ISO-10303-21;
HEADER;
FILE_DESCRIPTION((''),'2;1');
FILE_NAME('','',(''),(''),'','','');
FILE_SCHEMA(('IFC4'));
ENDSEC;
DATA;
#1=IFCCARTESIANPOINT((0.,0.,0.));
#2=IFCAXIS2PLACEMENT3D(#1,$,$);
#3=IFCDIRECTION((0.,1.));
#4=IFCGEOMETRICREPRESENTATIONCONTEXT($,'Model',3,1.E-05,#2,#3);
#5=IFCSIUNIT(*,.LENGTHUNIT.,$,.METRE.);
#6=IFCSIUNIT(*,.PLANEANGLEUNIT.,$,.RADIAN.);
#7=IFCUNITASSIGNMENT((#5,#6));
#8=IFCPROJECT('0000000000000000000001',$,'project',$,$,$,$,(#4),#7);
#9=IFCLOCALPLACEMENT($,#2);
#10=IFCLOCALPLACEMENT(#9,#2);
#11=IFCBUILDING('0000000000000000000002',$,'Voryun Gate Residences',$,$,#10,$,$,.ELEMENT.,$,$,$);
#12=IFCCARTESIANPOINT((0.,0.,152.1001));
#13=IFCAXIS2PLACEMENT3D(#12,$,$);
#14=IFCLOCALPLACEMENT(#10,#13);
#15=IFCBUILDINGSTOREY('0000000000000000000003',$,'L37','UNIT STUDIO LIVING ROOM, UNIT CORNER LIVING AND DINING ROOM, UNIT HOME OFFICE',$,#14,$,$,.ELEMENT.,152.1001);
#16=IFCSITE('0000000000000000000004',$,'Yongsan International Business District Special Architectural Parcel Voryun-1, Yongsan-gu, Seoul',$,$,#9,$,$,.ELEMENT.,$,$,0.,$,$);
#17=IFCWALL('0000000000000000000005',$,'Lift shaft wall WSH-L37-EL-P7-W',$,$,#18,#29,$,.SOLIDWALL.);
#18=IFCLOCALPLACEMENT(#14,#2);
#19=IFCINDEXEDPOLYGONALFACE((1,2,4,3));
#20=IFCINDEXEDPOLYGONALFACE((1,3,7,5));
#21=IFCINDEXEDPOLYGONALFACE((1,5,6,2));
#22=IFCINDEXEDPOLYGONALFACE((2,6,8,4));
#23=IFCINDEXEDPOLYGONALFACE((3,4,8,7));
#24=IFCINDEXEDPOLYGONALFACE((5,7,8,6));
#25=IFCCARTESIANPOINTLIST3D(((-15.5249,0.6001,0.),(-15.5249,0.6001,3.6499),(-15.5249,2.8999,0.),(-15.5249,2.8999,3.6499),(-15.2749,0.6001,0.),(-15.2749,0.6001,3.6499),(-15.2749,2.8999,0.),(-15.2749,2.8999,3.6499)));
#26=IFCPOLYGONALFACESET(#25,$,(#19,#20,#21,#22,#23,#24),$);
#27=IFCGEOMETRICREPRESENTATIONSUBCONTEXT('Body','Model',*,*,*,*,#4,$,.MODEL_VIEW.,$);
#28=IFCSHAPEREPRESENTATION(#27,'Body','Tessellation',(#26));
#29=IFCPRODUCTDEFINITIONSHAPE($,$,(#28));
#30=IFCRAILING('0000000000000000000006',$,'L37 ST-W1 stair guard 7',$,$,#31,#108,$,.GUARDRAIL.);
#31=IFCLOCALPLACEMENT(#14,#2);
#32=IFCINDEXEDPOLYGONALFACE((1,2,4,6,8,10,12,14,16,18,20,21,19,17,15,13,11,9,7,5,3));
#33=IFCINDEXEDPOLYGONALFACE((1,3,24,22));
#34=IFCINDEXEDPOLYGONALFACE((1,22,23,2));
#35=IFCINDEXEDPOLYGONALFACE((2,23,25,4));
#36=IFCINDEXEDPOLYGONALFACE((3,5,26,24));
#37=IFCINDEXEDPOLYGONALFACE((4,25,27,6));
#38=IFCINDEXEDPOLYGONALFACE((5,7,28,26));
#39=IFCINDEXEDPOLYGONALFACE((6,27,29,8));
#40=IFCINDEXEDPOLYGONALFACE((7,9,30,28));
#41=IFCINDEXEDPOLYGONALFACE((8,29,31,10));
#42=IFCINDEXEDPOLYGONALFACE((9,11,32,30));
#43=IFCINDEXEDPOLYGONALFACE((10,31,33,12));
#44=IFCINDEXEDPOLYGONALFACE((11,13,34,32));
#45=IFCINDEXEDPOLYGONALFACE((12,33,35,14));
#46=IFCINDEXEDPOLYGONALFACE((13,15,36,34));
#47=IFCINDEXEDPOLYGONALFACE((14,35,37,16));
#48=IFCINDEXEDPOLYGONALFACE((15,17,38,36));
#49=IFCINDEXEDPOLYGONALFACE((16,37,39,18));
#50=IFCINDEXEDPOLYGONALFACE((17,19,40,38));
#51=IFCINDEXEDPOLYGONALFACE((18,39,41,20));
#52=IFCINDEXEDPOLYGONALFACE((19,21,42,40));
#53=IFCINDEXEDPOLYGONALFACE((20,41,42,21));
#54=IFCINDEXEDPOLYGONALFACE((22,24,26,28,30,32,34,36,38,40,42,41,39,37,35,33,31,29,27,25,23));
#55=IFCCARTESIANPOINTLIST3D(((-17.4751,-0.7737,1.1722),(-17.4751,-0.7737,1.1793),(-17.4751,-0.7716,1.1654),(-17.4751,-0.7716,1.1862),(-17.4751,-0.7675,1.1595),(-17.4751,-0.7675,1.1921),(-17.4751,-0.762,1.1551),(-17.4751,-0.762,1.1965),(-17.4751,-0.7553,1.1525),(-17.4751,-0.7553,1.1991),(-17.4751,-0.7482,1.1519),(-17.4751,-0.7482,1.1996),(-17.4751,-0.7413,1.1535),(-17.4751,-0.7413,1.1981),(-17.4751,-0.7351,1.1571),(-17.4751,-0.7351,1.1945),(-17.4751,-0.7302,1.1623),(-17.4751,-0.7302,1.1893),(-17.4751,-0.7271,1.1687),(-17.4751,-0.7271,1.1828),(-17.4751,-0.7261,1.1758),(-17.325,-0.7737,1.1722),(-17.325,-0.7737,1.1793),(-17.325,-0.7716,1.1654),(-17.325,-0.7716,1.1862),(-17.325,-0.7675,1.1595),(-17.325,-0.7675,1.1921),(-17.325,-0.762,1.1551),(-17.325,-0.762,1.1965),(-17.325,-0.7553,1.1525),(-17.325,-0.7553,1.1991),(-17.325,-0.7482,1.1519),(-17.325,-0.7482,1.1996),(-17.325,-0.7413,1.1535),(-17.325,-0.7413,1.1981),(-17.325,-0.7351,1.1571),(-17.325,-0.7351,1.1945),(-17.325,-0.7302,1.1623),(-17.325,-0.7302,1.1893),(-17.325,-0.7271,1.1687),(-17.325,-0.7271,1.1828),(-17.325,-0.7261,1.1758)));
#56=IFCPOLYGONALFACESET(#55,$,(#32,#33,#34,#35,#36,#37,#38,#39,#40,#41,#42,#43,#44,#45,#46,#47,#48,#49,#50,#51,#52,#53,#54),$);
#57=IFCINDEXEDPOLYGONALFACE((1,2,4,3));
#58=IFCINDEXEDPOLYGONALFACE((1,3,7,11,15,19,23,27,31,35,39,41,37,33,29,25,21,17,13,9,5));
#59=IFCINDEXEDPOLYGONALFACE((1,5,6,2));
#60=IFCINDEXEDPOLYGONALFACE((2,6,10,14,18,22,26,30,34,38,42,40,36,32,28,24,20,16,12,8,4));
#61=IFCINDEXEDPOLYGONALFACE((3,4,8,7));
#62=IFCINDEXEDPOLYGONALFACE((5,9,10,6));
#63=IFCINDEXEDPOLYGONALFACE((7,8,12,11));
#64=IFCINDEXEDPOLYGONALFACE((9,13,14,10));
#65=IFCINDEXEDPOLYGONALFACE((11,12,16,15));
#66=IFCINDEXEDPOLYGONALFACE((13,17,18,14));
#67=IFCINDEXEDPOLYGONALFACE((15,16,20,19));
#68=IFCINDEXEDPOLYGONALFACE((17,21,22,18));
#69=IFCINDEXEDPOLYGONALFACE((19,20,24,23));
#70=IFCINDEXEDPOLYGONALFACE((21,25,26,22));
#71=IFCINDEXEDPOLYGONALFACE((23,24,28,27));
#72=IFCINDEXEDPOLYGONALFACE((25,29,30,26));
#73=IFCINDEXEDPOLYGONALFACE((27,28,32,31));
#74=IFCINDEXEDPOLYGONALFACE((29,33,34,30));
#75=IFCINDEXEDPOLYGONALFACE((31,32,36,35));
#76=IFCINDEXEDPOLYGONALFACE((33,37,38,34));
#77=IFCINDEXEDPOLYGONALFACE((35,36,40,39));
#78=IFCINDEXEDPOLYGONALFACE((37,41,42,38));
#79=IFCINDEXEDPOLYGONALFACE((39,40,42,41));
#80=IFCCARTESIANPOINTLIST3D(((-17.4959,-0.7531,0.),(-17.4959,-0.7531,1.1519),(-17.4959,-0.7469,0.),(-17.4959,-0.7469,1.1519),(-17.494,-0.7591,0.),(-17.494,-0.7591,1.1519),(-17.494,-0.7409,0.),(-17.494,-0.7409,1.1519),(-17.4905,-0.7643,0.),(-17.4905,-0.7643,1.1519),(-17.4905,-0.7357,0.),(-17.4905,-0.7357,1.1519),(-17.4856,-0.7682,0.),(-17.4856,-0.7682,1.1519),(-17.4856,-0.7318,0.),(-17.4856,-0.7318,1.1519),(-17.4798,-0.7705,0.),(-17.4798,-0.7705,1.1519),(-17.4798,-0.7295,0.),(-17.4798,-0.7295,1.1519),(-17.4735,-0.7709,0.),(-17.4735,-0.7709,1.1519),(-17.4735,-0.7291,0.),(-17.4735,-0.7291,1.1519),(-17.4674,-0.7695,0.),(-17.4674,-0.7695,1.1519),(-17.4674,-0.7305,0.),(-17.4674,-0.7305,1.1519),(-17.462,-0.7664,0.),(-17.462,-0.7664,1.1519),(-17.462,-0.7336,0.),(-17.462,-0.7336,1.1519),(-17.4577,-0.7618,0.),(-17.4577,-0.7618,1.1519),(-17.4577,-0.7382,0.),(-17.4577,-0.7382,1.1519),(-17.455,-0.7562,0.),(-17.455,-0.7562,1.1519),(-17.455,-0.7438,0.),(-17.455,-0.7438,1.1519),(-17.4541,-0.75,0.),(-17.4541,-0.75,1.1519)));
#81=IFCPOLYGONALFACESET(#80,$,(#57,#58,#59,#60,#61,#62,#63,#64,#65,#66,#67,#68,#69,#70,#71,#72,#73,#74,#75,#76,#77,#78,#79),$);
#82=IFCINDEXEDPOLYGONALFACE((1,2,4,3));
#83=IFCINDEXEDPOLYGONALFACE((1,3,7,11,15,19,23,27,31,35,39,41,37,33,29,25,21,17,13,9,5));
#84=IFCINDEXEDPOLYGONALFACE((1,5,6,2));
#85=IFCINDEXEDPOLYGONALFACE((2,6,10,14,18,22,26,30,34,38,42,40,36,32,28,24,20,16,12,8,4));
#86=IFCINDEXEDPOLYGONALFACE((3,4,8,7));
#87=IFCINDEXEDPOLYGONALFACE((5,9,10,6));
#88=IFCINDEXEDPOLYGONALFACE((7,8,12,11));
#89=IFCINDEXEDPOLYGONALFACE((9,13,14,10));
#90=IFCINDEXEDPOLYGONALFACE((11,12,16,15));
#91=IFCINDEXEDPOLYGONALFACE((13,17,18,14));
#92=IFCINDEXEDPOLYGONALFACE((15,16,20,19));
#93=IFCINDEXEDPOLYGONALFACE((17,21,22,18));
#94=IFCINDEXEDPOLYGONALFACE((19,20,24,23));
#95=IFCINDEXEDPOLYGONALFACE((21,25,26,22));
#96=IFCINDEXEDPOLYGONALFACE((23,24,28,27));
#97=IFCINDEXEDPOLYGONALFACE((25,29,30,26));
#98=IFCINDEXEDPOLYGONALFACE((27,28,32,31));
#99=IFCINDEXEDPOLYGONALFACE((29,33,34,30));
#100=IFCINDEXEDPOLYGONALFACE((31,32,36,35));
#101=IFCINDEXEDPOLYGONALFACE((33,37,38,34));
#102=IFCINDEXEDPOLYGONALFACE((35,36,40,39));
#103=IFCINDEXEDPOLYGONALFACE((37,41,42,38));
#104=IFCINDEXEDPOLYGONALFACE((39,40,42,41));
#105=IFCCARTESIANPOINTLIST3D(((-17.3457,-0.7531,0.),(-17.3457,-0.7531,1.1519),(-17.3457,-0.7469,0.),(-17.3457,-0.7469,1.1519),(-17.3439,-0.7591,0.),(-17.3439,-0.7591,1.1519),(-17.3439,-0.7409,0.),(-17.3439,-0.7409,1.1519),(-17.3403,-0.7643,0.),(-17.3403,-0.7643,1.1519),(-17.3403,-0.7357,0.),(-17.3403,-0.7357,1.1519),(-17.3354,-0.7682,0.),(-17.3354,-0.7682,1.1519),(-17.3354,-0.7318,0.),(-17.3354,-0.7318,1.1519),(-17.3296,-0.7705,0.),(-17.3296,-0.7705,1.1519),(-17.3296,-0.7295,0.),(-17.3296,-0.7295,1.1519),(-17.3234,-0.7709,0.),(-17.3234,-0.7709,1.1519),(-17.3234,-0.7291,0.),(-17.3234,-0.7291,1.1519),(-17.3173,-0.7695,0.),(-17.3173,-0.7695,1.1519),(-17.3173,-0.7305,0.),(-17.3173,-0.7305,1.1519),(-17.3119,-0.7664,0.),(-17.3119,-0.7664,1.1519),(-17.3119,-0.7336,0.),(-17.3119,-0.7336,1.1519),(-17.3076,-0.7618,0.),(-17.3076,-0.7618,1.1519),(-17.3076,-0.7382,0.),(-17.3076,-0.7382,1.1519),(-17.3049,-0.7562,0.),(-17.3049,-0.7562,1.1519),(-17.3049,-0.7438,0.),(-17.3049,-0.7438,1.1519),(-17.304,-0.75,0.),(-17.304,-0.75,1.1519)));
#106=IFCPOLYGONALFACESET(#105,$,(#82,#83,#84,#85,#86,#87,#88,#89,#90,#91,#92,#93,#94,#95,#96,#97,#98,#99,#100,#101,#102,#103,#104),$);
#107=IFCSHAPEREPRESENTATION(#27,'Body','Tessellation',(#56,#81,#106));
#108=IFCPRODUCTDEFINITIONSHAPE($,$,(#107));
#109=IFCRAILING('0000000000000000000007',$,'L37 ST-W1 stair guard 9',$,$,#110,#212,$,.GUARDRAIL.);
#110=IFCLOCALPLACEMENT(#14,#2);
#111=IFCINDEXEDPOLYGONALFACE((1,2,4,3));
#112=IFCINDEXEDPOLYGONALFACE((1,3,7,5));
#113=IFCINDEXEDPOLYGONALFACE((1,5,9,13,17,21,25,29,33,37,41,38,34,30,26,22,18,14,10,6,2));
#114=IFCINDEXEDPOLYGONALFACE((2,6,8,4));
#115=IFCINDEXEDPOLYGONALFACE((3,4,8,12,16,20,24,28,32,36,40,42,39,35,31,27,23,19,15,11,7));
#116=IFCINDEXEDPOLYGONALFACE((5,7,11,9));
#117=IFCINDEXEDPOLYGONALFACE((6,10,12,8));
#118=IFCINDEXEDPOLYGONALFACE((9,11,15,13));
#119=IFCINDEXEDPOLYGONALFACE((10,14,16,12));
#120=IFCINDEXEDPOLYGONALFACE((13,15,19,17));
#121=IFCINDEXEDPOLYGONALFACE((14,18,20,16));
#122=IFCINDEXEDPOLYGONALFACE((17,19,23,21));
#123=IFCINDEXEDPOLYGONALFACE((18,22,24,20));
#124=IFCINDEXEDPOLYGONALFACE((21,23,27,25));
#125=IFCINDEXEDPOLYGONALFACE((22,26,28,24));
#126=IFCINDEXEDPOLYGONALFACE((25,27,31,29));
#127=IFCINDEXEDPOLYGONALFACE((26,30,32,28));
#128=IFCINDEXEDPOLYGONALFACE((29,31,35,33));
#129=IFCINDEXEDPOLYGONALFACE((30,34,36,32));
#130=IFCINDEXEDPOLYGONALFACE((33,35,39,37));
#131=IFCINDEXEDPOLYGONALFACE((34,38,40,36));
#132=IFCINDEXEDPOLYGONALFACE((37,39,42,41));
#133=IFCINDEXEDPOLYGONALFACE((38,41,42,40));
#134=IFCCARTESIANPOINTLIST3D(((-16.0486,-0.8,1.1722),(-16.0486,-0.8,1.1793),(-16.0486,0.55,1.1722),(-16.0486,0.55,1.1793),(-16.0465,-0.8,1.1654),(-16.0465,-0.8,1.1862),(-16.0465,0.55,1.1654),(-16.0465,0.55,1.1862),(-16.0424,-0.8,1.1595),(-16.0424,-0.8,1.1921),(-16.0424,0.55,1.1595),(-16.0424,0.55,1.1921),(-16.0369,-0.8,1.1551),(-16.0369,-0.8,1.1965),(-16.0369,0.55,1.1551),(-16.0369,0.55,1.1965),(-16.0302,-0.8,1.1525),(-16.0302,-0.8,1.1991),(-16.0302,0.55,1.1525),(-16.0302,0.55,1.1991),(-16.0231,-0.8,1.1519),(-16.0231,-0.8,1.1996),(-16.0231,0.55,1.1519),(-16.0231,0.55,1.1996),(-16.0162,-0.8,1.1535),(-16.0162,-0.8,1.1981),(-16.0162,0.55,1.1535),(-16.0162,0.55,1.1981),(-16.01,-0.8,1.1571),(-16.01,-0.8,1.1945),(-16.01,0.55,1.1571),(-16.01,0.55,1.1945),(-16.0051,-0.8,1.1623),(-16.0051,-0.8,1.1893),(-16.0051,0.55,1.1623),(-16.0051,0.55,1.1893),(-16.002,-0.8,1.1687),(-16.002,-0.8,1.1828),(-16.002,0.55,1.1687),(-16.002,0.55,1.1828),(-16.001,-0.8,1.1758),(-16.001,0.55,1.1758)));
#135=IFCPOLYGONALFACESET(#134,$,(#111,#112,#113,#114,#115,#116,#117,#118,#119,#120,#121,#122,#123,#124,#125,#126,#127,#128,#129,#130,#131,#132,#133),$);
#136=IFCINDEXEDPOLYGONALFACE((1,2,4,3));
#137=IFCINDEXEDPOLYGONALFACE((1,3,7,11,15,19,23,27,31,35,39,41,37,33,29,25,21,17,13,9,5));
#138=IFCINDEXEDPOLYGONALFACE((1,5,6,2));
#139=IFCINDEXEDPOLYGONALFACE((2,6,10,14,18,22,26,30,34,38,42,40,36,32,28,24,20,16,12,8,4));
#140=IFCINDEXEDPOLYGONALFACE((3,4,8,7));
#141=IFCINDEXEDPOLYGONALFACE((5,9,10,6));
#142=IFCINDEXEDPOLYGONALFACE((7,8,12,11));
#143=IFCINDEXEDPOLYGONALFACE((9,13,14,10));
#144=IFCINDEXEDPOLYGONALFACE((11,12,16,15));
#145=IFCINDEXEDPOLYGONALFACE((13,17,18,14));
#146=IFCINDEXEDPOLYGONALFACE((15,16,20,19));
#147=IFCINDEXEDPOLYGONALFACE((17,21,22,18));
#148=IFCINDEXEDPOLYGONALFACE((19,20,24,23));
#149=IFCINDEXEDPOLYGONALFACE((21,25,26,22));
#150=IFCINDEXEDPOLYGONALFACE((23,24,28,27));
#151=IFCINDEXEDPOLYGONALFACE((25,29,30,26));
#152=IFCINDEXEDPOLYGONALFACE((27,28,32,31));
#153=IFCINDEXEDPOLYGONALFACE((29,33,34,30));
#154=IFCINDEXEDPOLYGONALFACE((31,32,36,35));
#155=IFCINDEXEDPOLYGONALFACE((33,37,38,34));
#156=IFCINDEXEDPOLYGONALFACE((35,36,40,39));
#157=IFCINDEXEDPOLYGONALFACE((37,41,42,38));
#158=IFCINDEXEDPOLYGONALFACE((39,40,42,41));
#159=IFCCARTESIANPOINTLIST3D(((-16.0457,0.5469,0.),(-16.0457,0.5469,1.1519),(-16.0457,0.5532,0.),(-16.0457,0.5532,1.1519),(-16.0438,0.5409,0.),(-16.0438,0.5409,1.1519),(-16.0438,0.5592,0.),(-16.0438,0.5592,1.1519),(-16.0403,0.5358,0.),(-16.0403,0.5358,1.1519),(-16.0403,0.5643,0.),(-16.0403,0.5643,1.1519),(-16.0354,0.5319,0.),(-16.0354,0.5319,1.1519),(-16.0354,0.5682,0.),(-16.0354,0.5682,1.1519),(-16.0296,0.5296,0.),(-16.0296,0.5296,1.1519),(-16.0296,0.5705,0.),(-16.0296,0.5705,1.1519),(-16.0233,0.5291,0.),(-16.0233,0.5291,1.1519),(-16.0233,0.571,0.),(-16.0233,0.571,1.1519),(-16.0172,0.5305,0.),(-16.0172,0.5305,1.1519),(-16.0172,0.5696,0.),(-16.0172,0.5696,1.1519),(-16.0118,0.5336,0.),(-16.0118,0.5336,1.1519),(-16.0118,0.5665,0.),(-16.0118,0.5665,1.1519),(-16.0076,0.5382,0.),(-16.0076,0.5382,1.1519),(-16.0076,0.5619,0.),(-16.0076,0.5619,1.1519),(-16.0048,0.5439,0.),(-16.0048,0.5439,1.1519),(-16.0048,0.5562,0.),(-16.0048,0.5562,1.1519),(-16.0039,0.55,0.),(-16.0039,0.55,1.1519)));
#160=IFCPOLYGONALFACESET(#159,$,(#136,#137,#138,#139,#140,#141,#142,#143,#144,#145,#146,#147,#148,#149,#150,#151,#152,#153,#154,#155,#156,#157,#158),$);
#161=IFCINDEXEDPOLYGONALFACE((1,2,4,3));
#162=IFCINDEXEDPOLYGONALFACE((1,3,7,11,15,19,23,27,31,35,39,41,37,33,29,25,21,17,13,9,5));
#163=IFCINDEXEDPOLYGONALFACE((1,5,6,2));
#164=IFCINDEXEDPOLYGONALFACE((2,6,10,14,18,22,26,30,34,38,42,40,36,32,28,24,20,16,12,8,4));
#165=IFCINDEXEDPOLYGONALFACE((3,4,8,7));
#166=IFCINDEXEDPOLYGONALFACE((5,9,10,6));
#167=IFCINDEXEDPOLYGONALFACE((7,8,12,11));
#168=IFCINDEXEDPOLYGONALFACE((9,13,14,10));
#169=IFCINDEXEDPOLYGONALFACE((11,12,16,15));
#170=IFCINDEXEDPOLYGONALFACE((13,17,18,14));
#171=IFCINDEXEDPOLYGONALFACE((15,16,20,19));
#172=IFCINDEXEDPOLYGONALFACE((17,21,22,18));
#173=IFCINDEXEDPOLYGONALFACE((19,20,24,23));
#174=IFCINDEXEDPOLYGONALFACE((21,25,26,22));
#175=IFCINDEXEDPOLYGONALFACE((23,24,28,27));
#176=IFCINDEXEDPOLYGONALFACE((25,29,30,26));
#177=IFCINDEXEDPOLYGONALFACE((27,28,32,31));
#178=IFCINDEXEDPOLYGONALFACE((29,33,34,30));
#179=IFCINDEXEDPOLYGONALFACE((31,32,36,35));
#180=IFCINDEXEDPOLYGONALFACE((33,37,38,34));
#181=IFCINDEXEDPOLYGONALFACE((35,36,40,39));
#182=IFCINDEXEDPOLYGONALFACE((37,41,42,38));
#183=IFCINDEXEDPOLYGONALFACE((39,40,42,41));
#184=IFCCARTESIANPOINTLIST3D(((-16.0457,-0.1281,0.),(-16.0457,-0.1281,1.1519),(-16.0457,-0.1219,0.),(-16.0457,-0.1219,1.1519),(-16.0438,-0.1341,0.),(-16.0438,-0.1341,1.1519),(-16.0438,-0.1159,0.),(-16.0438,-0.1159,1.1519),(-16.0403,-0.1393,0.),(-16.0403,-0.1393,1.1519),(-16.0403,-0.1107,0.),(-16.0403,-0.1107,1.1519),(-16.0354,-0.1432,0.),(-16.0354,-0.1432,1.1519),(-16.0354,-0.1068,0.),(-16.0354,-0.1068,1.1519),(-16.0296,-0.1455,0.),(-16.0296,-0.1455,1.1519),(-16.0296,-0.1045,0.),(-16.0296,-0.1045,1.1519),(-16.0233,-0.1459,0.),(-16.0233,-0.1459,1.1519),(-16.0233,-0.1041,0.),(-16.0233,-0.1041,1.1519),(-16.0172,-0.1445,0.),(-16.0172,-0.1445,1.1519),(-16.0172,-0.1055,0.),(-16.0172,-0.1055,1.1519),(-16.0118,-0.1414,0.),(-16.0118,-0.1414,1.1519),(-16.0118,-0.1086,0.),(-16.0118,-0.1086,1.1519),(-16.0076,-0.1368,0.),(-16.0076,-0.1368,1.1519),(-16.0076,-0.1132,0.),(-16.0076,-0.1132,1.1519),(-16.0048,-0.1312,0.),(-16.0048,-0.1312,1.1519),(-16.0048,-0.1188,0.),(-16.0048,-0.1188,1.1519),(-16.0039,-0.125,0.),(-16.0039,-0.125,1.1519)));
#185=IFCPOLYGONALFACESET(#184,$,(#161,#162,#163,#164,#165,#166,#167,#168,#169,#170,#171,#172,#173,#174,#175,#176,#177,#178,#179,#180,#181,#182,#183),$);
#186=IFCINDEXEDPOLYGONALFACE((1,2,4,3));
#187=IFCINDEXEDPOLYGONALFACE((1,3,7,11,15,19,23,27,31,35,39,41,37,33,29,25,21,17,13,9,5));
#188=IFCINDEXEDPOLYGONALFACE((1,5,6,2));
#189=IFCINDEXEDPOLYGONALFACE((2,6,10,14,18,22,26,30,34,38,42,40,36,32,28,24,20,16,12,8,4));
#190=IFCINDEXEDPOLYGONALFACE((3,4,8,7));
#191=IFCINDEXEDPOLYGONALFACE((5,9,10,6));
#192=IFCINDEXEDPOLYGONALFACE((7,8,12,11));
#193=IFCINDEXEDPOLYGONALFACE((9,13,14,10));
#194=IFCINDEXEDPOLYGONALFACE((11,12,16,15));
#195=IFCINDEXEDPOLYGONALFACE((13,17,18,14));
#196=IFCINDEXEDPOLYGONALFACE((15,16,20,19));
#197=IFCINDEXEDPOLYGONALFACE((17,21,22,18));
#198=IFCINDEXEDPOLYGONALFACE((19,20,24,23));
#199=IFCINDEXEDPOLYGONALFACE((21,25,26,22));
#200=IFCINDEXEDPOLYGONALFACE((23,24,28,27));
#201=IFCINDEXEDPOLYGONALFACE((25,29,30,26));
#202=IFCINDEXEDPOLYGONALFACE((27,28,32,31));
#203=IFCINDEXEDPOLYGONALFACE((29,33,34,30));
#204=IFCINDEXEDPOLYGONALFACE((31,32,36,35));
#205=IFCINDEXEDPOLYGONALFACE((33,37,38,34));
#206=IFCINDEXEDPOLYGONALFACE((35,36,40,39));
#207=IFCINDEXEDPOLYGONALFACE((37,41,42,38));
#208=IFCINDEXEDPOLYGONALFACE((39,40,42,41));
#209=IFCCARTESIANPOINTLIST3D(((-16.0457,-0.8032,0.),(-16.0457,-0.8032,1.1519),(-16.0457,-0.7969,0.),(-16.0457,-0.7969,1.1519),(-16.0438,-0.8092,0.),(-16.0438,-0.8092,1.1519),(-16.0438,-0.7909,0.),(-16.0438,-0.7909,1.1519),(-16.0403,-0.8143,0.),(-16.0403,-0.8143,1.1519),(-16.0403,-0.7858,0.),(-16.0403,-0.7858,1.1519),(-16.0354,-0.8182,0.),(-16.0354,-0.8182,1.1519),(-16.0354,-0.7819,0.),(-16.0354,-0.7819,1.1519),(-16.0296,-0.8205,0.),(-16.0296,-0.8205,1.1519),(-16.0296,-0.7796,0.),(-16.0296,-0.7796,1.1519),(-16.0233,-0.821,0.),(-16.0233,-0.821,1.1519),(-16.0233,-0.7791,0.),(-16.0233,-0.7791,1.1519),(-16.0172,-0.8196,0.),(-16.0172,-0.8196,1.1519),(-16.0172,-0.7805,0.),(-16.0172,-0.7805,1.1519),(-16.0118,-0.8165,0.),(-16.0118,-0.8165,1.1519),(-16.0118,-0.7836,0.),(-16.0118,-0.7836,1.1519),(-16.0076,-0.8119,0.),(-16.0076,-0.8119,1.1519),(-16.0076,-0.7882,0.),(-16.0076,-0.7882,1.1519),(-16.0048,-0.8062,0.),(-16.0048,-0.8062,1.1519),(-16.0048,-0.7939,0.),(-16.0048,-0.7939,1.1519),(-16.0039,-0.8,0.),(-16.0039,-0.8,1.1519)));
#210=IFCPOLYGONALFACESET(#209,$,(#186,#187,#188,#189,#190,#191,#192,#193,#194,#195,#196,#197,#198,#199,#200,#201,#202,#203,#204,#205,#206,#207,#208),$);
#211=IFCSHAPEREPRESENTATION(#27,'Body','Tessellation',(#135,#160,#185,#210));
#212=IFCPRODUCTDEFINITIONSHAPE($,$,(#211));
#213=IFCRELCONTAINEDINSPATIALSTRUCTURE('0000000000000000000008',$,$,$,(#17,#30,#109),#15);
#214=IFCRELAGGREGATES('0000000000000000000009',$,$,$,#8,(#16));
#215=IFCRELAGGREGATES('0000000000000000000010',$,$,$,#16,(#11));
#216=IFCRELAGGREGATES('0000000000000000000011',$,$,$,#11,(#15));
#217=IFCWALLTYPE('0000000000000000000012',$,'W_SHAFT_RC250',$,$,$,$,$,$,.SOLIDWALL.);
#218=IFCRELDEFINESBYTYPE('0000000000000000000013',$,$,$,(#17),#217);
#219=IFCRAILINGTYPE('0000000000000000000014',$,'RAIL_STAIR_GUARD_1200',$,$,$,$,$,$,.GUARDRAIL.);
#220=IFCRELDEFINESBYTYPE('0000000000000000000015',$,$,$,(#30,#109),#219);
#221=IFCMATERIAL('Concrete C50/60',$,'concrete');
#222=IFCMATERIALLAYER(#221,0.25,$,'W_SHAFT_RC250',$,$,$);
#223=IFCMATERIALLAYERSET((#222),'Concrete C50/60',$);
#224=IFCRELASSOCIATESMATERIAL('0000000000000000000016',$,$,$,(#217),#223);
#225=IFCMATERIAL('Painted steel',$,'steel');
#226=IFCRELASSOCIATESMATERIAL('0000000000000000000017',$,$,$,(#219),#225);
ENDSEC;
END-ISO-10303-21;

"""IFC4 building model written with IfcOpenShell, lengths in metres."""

from ifc_helpers import new_model, si_unit, direction, frame, frame_2d, origin, origin_2d, place, context, subcontext, project, spatial, rectangle, circle, extrude, material, layer, layer_set, type_object, element, save


model = new_model("IFC4")

# Units and contexts
model_context = context("Model", 3, precision=1e-05, world=origin(), true_north=direction((0.0, 1.0)))
body_context = subcontext(model_context, "Body", "Model", "MODEL_VIEW")
ifc_project = project(units=[si_unit("LENGTHUNIT", "METRE"), si_unit("PLANEANGLEUNIT", "RADIAN")], contexts=[model_context])

# Site, building, storey
site_placement = place(None, origin())
site = spatial("IfcSite", under=ifc_project, at=site_placement, Name="Yongsan International Business District Special Architectural Parcel Voryun-1, Yongsan-gu, Seoul", CompositionType="ELEMENT", RefElevation=0.0)
building_placement = place(site_placement, origin())
building = spatial("IfcBuilding", under=site, at=building_placement, Name="Voryun Gate Residences", CompositionType="ELEMENT")
storey_placement = place(building_placement, frame((0.0, 0.0, 152.1001)))
storey = spatial("IfcBuildingStorey", under=building, at=storey_placement, Name="L37", Description="UNIT STUDIO LIVING ROOM, UNIT CORNER LIVING AND DINING ROOM, UNIT HOME OFFICE", CompositionType="ELEMENT", Elevation=152.1001)

# Shared definitions
ifc_material_1 = material(Name="Concrete C50/60", Category="concrete")
ifc_layer_1 = layer(ifc_material_1, 0.25, Name="W_SHAFT_RC250")
ifc_layer_set_1 = layer_set([ifc_layer_1], Name="Concrete C50/60")
wall_type_1 = type_object("IfcWallType", Name="W_SHAFT_RC250", PredefinedType="SOLIDWALL", material=ifc_layer_set_1)

# Wall
wall_1_placement = place(storey_placement, frame((-15.3999, 2.8999, 0.0), z_axis=(0.0, 0.0, 1.0), x_axis=(0.0, -1.0, 0.0)))
element("IfcWall", 1, at=wall_1_placement, inside=storey, type_object=wall_type_1, Name="Lift shaft wall WSH-L37-EL-P7-W", PredefinedType="SOLIDWALL", context=body_context, shape_type="SweptSolid", body=[
    extrude(rectangle(XDim=2.2998, YDim=0.25, at=frame_2d((1.1499, 0.0))), origin(), (0.0, 0.0, 1.0), 3.6499),
])

# Railings
ifc_material_2 = material(Name="Painted steel", Category="steel")
railing_type = type_object("IfcRailingType", Name="RAIL_STAIR_GUARD_1200", PredefinedType="GUARDRAIL", material=ifc_material_2)
railing_1_placement = place(storey_placement, frame((-17.4751, -0.75, 0.0)))
element("IfcRailing", 2, at=railing_1_placement, inside=storey, type_object=railing_type, Name="L37 ST-W1 stair guard 7", PredefinedType="GUARDRAIL", context=body_context, shape_type="SweptSolid", body=[
    extrude(circle(Radius=0.0239, at=origin_2d()), frame((0.0, 0.0, 1.1758), z_axis=(1.0, 0.0, 0.0), x_axis=(0.0, 1.0, 0.0)), (0.0, 0.0, 1.0), 0.1501),
    extrude(circle(Radius=0.021, at=origin_2d()), origin(), (0.0, 0.0, 1.0), 1.1519),
    extrude(circle(Radius=0.021, at=origin_2d()), frame((0.1501, 0.0, 0.0)), (0.0, 0.0, 1.0), 1.1519),
])
railing_2_placement = place(storey_placement, frame((-16.0249, 0.55, 0.0)))
element("IfcRailing", 3, at=railing_2_placement, inside=storey, type_object=railing_type, Name="L37 ST-W1 stair guard 9", PredefinedType="GUARDRAIL", context=body_context, shape_type="SweptSolid", body=[
    extrude(circle(Radius=0.0239, at=origin_2d()), frame((0.0, 0.0, 1.1758), z_axis=(0.0, -1.0, 0.0), x_axis=(1.0, 0.0, 0.0)), (0.0, 0.0, 1.0), 1.3501),
    extrude(circle(Radius=0.021, at=origin_2d()), origin(), (0.0, 0.0, 1.0), 1.1519),
    extrude(circle(Radius=0.021, at=origin_2d()), frame((0.0, -0.675, 0.0)), (0.0, 0.0, 1.0), 1.1519),
    extrude(circle(Radius=0.021, at=origin_2d()), frame((0.0, -1.3501, 0.0)), (0.0, 0.0, 1.0), 1.1519),
])

save(model, "model.ifc")
